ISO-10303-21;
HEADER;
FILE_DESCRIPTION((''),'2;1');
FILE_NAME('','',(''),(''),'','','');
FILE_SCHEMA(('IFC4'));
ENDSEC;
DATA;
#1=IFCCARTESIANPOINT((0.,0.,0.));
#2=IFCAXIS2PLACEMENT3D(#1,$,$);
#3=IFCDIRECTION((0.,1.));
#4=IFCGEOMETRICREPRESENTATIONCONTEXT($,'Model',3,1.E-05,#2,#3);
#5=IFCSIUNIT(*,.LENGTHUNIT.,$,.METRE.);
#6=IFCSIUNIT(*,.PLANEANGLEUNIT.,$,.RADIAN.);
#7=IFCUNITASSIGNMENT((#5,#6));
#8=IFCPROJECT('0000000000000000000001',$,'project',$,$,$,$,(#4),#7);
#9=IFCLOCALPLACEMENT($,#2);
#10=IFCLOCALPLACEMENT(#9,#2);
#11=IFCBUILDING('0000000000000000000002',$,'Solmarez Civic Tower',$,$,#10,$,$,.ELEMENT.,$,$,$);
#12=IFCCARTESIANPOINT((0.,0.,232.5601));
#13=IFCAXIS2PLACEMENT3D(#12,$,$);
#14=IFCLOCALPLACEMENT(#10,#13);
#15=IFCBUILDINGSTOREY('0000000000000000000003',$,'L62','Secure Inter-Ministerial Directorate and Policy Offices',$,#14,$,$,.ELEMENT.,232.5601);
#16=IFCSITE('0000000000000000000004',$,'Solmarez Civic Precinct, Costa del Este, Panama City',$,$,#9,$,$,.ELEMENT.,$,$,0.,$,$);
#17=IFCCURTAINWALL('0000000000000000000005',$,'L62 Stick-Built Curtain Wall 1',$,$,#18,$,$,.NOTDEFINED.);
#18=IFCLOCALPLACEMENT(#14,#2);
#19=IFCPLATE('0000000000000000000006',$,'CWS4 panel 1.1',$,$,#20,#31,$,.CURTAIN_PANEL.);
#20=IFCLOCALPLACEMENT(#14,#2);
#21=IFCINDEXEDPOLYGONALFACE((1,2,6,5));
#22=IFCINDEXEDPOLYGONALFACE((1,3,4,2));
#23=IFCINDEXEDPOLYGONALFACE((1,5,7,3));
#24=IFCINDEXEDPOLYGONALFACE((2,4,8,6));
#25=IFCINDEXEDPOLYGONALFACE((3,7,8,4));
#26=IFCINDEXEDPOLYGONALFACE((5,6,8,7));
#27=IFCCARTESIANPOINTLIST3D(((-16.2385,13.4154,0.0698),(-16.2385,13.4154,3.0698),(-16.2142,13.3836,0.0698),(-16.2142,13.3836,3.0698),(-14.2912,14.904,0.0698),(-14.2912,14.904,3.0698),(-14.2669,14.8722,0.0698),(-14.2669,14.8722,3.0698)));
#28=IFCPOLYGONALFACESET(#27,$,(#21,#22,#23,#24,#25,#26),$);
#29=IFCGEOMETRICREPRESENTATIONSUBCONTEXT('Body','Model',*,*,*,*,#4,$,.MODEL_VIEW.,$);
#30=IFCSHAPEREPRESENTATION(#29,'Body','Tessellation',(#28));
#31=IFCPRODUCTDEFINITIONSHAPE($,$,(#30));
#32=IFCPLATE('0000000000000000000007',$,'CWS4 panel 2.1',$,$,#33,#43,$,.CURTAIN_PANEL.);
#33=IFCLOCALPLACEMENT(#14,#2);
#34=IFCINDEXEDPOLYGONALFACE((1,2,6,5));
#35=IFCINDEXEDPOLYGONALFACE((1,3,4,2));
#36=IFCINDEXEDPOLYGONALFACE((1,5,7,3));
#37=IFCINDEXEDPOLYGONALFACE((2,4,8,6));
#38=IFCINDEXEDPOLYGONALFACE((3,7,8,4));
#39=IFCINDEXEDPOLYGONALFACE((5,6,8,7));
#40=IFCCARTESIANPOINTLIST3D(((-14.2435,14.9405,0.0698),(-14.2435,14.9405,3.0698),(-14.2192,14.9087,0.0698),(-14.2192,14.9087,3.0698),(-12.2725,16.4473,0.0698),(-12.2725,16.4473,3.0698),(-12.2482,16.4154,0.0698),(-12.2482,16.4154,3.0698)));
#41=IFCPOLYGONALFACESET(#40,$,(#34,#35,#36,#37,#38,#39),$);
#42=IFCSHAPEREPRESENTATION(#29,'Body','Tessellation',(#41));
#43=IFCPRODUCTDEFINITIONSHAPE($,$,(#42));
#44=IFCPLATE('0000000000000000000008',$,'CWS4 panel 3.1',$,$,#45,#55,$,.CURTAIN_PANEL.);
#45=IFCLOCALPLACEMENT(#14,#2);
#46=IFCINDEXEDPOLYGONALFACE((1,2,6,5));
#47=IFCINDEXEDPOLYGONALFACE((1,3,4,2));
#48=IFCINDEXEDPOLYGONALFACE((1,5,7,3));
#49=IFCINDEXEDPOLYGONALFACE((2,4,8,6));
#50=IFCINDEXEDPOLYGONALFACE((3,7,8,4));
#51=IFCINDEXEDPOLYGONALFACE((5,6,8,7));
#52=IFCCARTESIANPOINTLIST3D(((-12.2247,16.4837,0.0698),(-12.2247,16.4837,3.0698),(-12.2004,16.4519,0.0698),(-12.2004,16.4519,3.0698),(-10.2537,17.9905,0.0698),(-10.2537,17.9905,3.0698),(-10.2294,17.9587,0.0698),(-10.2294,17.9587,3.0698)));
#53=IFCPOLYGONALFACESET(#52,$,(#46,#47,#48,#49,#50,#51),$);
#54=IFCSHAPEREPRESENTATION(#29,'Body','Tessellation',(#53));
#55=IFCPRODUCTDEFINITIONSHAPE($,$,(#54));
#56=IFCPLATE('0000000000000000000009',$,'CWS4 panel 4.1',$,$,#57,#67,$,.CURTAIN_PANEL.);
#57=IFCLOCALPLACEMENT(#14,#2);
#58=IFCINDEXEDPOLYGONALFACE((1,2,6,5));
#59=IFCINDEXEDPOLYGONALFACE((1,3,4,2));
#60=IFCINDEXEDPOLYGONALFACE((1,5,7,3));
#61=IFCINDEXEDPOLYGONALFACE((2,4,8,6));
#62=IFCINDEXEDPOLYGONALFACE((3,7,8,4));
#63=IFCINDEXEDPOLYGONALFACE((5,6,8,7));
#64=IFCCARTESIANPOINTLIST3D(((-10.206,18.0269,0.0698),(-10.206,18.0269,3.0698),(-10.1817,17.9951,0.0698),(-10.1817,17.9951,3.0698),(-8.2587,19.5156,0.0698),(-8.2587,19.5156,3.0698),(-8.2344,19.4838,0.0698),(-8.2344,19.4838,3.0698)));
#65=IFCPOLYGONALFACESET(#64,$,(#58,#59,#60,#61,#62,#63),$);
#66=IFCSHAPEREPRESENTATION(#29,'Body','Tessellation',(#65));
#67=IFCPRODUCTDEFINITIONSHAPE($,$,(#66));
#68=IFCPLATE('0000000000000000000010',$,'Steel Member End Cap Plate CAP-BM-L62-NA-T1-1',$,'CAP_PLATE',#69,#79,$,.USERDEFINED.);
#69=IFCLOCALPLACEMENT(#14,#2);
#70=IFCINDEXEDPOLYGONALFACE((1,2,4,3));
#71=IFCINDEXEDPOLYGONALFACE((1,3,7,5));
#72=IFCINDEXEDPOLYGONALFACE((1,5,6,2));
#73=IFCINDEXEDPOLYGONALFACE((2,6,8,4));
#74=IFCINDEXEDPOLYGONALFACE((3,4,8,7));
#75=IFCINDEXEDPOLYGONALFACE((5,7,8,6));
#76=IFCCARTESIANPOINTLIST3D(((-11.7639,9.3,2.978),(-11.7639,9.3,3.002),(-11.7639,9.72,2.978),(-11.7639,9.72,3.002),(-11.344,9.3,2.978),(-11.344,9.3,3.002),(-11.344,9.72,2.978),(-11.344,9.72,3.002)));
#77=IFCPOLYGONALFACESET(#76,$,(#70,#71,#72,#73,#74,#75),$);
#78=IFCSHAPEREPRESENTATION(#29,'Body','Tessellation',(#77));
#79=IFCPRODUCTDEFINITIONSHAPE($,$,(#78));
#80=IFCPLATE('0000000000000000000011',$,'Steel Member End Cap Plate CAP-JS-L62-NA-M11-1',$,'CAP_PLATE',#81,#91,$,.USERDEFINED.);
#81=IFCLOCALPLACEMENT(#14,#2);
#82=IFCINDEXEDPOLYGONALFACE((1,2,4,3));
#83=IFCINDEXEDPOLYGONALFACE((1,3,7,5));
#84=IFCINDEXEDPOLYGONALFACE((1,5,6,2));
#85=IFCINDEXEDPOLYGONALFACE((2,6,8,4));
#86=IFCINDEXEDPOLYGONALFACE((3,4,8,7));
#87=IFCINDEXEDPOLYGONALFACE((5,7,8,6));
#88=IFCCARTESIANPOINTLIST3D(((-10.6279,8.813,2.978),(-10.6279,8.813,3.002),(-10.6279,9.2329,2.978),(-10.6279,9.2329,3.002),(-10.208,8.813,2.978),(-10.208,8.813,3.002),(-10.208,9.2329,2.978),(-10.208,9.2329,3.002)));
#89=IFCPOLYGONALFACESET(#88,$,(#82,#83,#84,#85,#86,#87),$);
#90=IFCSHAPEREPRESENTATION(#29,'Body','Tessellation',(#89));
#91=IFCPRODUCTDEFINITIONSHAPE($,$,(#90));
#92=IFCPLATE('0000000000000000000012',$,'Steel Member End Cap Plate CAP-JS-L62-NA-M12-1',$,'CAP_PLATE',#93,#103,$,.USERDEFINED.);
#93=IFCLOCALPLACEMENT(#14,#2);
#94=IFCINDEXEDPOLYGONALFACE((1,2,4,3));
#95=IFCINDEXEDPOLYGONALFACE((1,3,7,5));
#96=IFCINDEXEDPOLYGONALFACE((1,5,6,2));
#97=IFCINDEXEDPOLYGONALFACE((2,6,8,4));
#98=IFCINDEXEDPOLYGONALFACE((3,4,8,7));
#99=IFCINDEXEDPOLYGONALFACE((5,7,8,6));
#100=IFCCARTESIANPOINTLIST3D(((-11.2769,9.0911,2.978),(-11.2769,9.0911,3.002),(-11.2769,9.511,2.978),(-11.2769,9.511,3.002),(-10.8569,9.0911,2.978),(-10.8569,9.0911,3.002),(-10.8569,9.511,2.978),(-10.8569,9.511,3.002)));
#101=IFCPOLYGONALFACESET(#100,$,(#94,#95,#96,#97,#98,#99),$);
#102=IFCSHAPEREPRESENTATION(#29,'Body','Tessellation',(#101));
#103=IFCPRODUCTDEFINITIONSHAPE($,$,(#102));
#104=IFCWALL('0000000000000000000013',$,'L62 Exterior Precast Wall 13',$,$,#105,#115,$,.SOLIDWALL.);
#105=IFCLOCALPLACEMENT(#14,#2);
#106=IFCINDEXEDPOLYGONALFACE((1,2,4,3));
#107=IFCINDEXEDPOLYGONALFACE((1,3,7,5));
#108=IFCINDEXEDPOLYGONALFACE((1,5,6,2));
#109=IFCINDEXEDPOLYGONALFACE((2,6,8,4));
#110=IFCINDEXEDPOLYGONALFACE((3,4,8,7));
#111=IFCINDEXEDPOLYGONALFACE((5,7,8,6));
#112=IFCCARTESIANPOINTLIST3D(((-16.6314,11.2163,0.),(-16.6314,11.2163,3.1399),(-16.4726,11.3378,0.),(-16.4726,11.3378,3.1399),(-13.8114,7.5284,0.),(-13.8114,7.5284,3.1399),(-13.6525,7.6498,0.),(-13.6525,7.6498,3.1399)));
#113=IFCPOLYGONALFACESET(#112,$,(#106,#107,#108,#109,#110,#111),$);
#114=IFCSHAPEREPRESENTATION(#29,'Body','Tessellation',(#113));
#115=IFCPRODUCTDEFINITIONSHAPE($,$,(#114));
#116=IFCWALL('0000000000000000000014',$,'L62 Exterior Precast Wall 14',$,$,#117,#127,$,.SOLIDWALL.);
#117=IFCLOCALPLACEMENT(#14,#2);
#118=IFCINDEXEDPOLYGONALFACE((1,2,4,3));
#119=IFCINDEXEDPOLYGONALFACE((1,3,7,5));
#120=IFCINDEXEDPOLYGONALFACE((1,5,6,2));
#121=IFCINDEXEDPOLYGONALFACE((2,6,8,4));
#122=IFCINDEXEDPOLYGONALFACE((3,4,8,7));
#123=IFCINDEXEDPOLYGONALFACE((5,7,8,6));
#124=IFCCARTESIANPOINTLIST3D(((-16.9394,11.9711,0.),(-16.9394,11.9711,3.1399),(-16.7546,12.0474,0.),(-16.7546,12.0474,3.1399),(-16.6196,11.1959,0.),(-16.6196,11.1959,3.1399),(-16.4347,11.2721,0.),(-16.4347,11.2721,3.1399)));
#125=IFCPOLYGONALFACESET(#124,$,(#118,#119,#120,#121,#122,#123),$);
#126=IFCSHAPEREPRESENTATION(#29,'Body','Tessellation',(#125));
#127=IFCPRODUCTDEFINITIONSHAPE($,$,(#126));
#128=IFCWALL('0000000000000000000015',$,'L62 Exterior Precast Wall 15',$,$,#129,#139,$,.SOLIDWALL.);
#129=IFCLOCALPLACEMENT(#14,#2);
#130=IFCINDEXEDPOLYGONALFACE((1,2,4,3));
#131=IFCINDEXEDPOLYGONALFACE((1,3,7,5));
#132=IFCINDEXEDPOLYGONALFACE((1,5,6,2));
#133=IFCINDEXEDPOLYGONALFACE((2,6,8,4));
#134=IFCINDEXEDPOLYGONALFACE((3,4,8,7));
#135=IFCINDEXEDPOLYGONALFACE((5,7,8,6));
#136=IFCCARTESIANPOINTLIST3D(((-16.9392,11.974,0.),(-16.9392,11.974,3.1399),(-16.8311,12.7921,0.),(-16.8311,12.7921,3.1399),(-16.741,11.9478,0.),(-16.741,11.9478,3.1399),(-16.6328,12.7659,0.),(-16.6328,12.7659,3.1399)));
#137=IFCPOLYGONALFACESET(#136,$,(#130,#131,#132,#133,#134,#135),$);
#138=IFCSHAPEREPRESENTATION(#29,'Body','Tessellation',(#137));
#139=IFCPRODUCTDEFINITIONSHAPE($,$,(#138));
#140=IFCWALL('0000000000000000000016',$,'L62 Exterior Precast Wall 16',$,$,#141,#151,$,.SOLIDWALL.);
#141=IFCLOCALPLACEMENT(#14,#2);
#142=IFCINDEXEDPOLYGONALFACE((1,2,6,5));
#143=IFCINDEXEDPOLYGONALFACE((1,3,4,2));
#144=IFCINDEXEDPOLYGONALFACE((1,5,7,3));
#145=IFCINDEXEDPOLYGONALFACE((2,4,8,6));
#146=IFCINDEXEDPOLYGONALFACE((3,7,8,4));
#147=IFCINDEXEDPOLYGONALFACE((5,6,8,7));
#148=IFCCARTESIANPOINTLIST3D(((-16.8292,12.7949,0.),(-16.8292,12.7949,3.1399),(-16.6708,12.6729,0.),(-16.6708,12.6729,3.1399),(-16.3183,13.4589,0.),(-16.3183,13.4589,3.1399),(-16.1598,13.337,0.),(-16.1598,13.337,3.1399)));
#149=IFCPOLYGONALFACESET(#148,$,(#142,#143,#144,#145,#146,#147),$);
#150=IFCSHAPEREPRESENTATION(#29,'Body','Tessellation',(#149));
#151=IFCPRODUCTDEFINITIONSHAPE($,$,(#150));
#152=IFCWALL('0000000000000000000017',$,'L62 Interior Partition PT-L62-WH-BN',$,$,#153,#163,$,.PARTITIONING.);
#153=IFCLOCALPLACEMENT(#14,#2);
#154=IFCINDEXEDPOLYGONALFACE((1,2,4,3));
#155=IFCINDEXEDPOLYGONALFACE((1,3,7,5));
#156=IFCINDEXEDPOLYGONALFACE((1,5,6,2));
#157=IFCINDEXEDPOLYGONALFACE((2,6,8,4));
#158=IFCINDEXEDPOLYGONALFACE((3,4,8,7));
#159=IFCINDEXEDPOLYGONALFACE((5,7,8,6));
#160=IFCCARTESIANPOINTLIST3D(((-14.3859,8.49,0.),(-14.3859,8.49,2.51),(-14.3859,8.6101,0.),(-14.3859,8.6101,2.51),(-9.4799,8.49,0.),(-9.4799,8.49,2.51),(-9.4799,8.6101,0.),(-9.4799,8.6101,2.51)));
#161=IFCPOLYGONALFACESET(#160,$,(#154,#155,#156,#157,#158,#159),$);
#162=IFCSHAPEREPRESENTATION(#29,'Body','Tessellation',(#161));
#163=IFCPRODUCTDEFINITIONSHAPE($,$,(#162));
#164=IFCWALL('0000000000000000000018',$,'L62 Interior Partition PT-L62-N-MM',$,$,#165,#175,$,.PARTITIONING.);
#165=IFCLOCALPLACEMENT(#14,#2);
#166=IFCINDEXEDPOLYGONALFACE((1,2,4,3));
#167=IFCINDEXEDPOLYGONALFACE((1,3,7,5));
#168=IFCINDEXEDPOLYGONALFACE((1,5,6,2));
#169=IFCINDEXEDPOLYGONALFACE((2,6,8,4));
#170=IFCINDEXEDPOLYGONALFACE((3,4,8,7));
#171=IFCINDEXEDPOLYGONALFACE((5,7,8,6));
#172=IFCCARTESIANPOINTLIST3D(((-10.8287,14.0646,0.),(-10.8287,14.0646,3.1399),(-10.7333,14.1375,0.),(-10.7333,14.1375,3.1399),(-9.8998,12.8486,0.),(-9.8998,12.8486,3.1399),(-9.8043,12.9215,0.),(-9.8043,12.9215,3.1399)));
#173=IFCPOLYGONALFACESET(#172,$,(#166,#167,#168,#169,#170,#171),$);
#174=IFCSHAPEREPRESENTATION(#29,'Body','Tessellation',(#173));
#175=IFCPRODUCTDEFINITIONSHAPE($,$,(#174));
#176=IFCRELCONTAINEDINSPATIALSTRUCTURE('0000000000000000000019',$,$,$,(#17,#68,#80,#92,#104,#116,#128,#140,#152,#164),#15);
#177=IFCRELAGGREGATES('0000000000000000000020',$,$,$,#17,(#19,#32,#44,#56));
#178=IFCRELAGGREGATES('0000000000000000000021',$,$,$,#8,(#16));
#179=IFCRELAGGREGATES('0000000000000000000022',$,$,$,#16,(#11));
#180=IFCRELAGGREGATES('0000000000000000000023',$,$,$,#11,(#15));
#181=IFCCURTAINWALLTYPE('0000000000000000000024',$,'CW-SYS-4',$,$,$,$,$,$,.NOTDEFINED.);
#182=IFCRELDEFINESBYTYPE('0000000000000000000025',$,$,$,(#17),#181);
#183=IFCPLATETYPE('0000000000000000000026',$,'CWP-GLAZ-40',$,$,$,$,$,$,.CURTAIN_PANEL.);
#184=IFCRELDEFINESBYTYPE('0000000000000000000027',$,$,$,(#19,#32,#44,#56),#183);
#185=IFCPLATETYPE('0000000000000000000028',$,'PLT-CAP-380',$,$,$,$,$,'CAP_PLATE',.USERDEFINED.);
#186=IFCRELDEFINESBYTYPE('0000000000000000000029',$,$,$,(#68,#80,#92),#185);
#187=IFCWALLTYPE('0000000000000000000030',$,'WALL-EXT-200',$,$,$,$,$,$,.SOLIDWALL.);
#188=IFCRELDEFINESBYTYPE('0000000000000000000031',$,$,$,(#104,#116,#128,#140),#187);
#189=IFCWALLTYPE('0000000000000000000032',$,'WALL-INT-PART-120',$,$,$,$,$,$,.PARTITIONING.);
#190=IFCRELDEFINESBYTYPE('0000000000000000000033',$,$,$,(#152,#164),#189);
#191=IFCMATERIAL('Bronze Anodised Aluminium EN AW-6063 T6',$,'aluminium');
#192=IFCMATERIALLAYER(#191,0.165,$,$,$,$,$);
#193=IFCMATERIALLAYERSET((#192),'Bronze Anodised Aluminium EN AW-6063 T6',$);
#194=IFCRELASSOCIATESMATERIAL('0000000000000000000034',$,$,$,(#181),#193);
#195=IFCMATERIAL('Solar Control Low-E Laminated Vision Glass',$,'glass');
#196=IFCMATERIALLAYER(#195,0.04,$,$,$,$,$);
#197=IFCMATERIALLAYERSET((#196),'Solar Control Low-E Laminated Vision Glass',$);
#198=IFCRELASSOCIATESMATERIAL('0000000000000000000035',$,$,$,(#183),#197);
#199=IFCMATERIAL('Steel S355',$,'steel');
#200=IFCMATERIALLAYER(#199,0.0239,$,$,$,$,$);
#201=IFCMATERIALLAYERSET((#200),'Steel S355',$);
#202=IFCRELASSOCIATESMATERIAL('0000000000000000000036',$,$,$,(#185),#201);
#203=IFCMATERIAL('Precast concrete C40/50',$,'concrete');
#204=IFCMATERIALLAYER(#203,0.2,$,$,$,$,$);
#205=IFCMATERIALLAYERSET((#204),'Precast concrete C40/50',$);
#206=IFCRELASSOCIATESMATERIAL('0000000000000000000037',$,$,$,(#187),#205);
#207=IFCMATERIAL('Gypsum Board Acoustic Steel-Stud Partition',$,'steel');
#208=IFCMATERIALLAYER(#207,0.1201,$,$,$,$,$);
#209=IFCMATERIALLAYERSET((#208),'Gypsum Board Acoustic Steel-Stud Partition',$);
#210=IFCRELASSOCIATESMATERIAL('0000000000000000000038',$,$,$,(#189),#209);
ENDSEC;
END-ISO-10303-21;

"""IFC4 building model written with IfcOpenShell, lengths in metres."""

from ifc_helpers import new_model, si_unit, direction, frame, frame_2d, origin, origin_2d, place, context, subcontext, project, spatial, rectangle, extrude, material, layer, layer_set, type_object, element, aggregate, save


model = new_model("IFC4")

# Units and contexts
model_context = context("Model", 3, precision=1e-05, world=origin(), true_north=direction((0.0, 1.0)))
body_context = subcontext(model_context, "Body", "Model", "MODEL_VIEW")
ifc_project = project(units=[si_unit("LENGTHUNIT", "METRE"), si_unit("PLANEANGLEUNIT", "RADIAN")], contexts=[model_context])

# Site, building, storey
site_placement = place(None, origin())
site = spatial("IfcSite", under=ifc_project, at=site_placement, Name="Solmarez Civic Precinct, Costa del Este, Panama City", CompositionType="ELEMENT", RefElevation=0.0)
building_placement = place(site_placement, origin())
building = spatial("IfcBuilding", under=site, at=building_placement, Name="Solmarez Civic Tower", CompositionType="ELEMENT")
storey_placement = place(building_placement, frame((0.0, 0.0, 232.5601)))
storey = spatial("IfcBuildingStorey", under=building, at=storey_placement, Name="L62", Description="Secure Inter-Ministerial Directorate and Policy Offices", CompositionType="ELEMENT", Elevation=232.5601)

# Shared definitions
ifc_material_1 = material(Name="Steel S355", Category="steel")

# Curtain wall, plates
ifc_material_2 = material(Name="Bronze Anodised Aluminium EN AW-6063 T6", Category="aluminium")
ifc_layer_1 = layer(ifc_material_2, 0.165)
ifc_layer_set_1 = layer_set([ifc_layer_1], Name="Bronze Anodised Aluminium EN AW-6063 T6")
curtain_wall_type = type_object("IfcCurtainWallType", Name="CW-SYS-4", PredefinedType="NOTDEFINED", material=ifc_layer_set_1)
curtain_wall_placement = place(storey_placement, origin())
curtain_wall = element("IfcCurtainWall", 1, at=curtain_wall_placement, inside=storey, type_object=curtain_wall_type, Name="L62 Stick-Built Curtain Wall 1", PredefinedType="NOTDEFINED")
ifc_material_3 = material(Name="Solar Control Low-E Laminated Vision Glass", Category="glass")
ifc_layer_2 = layer(ifc_material_3, 0.04)
ifc_layer_set_2 = layer_set([ifc_layer_2], Name="Solar Control Low-E Laminated Vision Glass")
plate_type_1 = type_object("IfcPlateType", Name="CWP-GLAZ-40", PredefinedType="CURTAIN_PANEL", material=ifc_layer_set_2)
plate_1_placement = place(storey_placement, frame((-15.2527, 14.1438, 0.0698), z_axis=(0.0, 0.0, 1.0), x_axis=(0.794453, 0.607326, 0.0)))
plate_1 = element("IfcPlate", 2, at=plate_1_placement, type_object=plate_type_1, Name="CWS4 panel 1.1", PredefinedType="CURTAIN_PANEL", context=body_context, shape_type="SweptSolid", body=[
    extrude(rectangle(XDim=2.4512, YDim=0.04, at=origin_2d()), origin(), (0.0, 0.0, 1.0), 3.0),
])
plate_2_placement = place(storey_placement, frame((-13.2458, 15.678, 0.0698), z_axis=(0.0, 0.0, 1.0), x_axis=(0.794453, 0.607326, 0.0)))
plate_2 = element("IfcPlate", 3, at=plate_2_placement, type_object=plate_type_1, Name="CWS4 panel 2.1", PredefinedType="CURTAIN_PANEL", context=body_context, shape_type="SweptSolid", body=[
    extrude(rectangle(XDim=2.481, YDim=0.04, at=origin_2d()), origin(), (0.0, 0.0, 1.0), 3.0),
])
plate_3_placement = place(storey_placement, frame((-11.2271, 17.2212, 0.0698), z_axis=(0.0, 0.0, 1.0), x_axis=(0.794453, 0.607326, 0.0)))
plate_3 = element("IfcPlate", 4, at=plate_3_placement, type_object=plate_type_1, Name="CWS4 panel 3.1", PredefinedType="CURTAIN_PANEL", context=body_context, shape_type="SweptSolid", body=[
    extrude(rectangle(XDim=2.481, YDim=0.04, at=origin_2d()), origin(), (0.0, 0.0, 1.0), 3.0),
])
plate_4_placement = place(storey_placement, frame((-9.2202, 18.7554, 0.0698), z_axis=(0.0, 0.0, 1.0), x_axis=(0.794453, 0.607326, 0.0)))
plate_4 = element("IfcPlate", 5, at=plate_4_placement, type_object=plate_type_1, Name="CWS4 panel 4.1", PredefinedType="CURTAIN_PANEL", context=body_context, shape_type="SweptSolid", body=[
    extrude(rectangle(XDim=2.4512, YDim=0.04, at=origin_2d()), origin(), (0.0, 0.0, 1.0), 3.0),
])
aggregate(curtain_wall, [plate_1, plate_2, plate_3, plate_4])

# Plates
ifc_layer_3 = layer(ifc_material_1, 0.0239)
ifc_layer_set_3 = layer_set([ifc_layer_3], Name="Steel S355")
plate_type_2 = type_object("IfcPlateType", Name="PLT-CAP-380", ElementType="CAP_PLATE", PredefinedType="USERDEFINED", material=ifc_layer_set_3)
for number, where, z_axis, x_axis, name in (
    (6, (-11.554, 9.51, 2.978), (0.0, 0.0, 1.0), (1.0, 0.0, 0.0), "Steel Member End Cap Plate CAP-BM-L62-NA-T1-1"),
    (7, (-10.418, 9.0229, 2.978), (0.0, 0.0, 1.0), (1.0, 0.0, 0.0), "Steel Member End Cap Plate CAP-JS-L62-NA-M11-1"),
    (8, (-11.0669, 9.301, 2.978), (0.0, 0.0, 1.0), (1.0, 0.0, 0.0), "Steel Member End Cap Plate CAP-JS-L62-NA-M12-1"),
):
    element("IfcPlate", number, at=place(storey_placement, frame(where, z_axis=z_axis, x_axis=x_axis)), inside=storey, type_object=plate_type_2, Name=name, ObjectType="CAP_PLATE", PredefinedType="USERDEFINED", context=body_context, shape_type="SweptSolid", body=[
        extrude(rectangle(XDim=0.4199, YDim=0.4199, at=origin_2d()), origin(), (0.0, 0.0, 1.0), 0.0239),
    ])

# Walls
ifc_material_4 = material(Name="Precast concrete C40/50", Category="concrete")
ifc_layer_4 = layer(ifc_material_4, 0.2)
ifc_layer_set_4 = layer_set([ifc_layer_4], Name="Precast concrete C40/50")
wall_type_1 = type_object("IfcWallType", Name="WALL-EXT-200", PredefinedType="SOLIDWALL", material=ifc_layer_set_4)
wall_1_placement = place(storey_placement, frame((-13.7319, 7.5891, 0.0), z_axis=(0.0, 0.0, 1.0), x_axis=(-0.607429, 0.794374, 0.0)))
element("IfcWall", 9, at=wall_1_placement, inside=storey, type_object=wall_type_1, Name="L62 Exterior Precast Wall 13", PredefinedType="SOLIDWALL", context=body_context, shape_type="SweptSolid", body=[
    extrude(rectangle(XDim=4.6426, YDim=0.2, at=frame_2d((2.3213, 0.0))), origin(), (0.0, 0.0, 1.0), 3.1399),
])
wall_2_placement = place(storey_placement, frame((-16.5271, 11.2339, 0.0), z_axis=(0.0, 0.0, 1.0), x_axis=(-0.381409, 0.924407, 0.0)))
element("IfcWall", 10, at=wall_2_placement, inside=storey, type_object=wall_type_1, Name="L62 Exterior Precast Wall 14", PredefinedType="SOLIDWALL", context=body_context, shape_type="SweptSolid", body=[
    extrude(rectangle(XDim=0.8386, YDim=0.2, at=frame_2d((0.4194, 0.0))), origin(), (0.0, 0.0, 1.0), 3.1399),
])
wall_3_placement = place(storey_placement, frame((-16.8401, 11.9609, 0.0), z_axis=(0.0, 0.0, 1.0), x_axis=(0.131059, 0.991375, 0.0)))
element("IfcWall", 11, at=wall_3_placement, inside=storey, type_object=wall_type_1, Name="L62 Exterior Precast Wall 15", PredefinedType="SOLIDWALL", context=body_context, shape_type="SweptSolid", body=[
    extrude(rectangle(XDim=0.8252, YDim=0.2, at=frame_2d((0.4126, 0.0))), origin(), (0.0, 0.0, 1.0), 3.1399),
])
wall_4_placement = place(storey_placement, frame((-16.75, 12.7339, 0.0), z_axis=(0.0, 0.0, 1.0), x_axis=(0.609837, 0.792526, 0.0)))
element("IfcWall", 12, at=wall_4_placement, inside=storey, type_object=wall_type_1, Name="L62 Exterior Precast Wall 16", PredefinedType="SOLIDWALL", context=body_context, shape_type="SweptSolid", body=[
    extrude(rectangle(XDim=0.8379, YDim=0.2, at=frame_2d((0.4189, 0.0))), origin(), (0.0, 0.0, 1.0), 3.1399),
])
ifc_material_5 = material(Name="Gypsum Board Acoustic Steel-Stud Partition", Category="steel")
ifc_layer_5 = layer(ifc_material_5, 0.1201)
ifc_layer_set_5 = layer_set([ifc_layer_5], Name="Gypsum Board Acoustic Steel-Stud Partition")
wall_type_2 = type_object("IfcWallType", Name="WALL-INT-PART-120", PredefinedType="PARTITIONING", material=ifc_layer_set_5)
wall_5_placement = place(storey_placement, frame((-14.386, 8.55, 0.0), z_axis=(0.0, 0.0, 1.0), x_axis=(1.0, 0.0, 0.0)))
element("IfcWall", 13, at=wall_5_placement, inside=storey, type_object=wall_type_2, Name="L62 Interior Partition PT-L62-WH-BN", PredefinedType="PARTITIONING", context=body_context, shape_type="SweptSolid", body=[
    extrude(rectangle(XDim=4.906, YDim=0.1201, at=frame_2d((2.4531, 0.0))), origin(), (0.0, 0.0, 1.0), 2.51),
])
wall_6_placement = place(storey_placement, frame((-9.8521, 12.885, 0.0), z_axis=(0.0, 0.0, 1.0), x_axis=(-0.607047, 0.794666, 0.0)))
element("IfcWall", 14, at=wall_6_placement, inside=storey, type_object=wall_type_2, Name="L62 Interior Partition PT-L62-N-MM", PredefinedType="PARTITIONING", context=body_context, shape_type="SweptSolid", body=[
    extrude(rectangle(XDim=1.5303, YDim=0.1201, at=frame_2d((0.7651, 0.0))), origin(), (0.0, 0.0, 1.0), 3.1399),
])

save(model, "model.ifc")
